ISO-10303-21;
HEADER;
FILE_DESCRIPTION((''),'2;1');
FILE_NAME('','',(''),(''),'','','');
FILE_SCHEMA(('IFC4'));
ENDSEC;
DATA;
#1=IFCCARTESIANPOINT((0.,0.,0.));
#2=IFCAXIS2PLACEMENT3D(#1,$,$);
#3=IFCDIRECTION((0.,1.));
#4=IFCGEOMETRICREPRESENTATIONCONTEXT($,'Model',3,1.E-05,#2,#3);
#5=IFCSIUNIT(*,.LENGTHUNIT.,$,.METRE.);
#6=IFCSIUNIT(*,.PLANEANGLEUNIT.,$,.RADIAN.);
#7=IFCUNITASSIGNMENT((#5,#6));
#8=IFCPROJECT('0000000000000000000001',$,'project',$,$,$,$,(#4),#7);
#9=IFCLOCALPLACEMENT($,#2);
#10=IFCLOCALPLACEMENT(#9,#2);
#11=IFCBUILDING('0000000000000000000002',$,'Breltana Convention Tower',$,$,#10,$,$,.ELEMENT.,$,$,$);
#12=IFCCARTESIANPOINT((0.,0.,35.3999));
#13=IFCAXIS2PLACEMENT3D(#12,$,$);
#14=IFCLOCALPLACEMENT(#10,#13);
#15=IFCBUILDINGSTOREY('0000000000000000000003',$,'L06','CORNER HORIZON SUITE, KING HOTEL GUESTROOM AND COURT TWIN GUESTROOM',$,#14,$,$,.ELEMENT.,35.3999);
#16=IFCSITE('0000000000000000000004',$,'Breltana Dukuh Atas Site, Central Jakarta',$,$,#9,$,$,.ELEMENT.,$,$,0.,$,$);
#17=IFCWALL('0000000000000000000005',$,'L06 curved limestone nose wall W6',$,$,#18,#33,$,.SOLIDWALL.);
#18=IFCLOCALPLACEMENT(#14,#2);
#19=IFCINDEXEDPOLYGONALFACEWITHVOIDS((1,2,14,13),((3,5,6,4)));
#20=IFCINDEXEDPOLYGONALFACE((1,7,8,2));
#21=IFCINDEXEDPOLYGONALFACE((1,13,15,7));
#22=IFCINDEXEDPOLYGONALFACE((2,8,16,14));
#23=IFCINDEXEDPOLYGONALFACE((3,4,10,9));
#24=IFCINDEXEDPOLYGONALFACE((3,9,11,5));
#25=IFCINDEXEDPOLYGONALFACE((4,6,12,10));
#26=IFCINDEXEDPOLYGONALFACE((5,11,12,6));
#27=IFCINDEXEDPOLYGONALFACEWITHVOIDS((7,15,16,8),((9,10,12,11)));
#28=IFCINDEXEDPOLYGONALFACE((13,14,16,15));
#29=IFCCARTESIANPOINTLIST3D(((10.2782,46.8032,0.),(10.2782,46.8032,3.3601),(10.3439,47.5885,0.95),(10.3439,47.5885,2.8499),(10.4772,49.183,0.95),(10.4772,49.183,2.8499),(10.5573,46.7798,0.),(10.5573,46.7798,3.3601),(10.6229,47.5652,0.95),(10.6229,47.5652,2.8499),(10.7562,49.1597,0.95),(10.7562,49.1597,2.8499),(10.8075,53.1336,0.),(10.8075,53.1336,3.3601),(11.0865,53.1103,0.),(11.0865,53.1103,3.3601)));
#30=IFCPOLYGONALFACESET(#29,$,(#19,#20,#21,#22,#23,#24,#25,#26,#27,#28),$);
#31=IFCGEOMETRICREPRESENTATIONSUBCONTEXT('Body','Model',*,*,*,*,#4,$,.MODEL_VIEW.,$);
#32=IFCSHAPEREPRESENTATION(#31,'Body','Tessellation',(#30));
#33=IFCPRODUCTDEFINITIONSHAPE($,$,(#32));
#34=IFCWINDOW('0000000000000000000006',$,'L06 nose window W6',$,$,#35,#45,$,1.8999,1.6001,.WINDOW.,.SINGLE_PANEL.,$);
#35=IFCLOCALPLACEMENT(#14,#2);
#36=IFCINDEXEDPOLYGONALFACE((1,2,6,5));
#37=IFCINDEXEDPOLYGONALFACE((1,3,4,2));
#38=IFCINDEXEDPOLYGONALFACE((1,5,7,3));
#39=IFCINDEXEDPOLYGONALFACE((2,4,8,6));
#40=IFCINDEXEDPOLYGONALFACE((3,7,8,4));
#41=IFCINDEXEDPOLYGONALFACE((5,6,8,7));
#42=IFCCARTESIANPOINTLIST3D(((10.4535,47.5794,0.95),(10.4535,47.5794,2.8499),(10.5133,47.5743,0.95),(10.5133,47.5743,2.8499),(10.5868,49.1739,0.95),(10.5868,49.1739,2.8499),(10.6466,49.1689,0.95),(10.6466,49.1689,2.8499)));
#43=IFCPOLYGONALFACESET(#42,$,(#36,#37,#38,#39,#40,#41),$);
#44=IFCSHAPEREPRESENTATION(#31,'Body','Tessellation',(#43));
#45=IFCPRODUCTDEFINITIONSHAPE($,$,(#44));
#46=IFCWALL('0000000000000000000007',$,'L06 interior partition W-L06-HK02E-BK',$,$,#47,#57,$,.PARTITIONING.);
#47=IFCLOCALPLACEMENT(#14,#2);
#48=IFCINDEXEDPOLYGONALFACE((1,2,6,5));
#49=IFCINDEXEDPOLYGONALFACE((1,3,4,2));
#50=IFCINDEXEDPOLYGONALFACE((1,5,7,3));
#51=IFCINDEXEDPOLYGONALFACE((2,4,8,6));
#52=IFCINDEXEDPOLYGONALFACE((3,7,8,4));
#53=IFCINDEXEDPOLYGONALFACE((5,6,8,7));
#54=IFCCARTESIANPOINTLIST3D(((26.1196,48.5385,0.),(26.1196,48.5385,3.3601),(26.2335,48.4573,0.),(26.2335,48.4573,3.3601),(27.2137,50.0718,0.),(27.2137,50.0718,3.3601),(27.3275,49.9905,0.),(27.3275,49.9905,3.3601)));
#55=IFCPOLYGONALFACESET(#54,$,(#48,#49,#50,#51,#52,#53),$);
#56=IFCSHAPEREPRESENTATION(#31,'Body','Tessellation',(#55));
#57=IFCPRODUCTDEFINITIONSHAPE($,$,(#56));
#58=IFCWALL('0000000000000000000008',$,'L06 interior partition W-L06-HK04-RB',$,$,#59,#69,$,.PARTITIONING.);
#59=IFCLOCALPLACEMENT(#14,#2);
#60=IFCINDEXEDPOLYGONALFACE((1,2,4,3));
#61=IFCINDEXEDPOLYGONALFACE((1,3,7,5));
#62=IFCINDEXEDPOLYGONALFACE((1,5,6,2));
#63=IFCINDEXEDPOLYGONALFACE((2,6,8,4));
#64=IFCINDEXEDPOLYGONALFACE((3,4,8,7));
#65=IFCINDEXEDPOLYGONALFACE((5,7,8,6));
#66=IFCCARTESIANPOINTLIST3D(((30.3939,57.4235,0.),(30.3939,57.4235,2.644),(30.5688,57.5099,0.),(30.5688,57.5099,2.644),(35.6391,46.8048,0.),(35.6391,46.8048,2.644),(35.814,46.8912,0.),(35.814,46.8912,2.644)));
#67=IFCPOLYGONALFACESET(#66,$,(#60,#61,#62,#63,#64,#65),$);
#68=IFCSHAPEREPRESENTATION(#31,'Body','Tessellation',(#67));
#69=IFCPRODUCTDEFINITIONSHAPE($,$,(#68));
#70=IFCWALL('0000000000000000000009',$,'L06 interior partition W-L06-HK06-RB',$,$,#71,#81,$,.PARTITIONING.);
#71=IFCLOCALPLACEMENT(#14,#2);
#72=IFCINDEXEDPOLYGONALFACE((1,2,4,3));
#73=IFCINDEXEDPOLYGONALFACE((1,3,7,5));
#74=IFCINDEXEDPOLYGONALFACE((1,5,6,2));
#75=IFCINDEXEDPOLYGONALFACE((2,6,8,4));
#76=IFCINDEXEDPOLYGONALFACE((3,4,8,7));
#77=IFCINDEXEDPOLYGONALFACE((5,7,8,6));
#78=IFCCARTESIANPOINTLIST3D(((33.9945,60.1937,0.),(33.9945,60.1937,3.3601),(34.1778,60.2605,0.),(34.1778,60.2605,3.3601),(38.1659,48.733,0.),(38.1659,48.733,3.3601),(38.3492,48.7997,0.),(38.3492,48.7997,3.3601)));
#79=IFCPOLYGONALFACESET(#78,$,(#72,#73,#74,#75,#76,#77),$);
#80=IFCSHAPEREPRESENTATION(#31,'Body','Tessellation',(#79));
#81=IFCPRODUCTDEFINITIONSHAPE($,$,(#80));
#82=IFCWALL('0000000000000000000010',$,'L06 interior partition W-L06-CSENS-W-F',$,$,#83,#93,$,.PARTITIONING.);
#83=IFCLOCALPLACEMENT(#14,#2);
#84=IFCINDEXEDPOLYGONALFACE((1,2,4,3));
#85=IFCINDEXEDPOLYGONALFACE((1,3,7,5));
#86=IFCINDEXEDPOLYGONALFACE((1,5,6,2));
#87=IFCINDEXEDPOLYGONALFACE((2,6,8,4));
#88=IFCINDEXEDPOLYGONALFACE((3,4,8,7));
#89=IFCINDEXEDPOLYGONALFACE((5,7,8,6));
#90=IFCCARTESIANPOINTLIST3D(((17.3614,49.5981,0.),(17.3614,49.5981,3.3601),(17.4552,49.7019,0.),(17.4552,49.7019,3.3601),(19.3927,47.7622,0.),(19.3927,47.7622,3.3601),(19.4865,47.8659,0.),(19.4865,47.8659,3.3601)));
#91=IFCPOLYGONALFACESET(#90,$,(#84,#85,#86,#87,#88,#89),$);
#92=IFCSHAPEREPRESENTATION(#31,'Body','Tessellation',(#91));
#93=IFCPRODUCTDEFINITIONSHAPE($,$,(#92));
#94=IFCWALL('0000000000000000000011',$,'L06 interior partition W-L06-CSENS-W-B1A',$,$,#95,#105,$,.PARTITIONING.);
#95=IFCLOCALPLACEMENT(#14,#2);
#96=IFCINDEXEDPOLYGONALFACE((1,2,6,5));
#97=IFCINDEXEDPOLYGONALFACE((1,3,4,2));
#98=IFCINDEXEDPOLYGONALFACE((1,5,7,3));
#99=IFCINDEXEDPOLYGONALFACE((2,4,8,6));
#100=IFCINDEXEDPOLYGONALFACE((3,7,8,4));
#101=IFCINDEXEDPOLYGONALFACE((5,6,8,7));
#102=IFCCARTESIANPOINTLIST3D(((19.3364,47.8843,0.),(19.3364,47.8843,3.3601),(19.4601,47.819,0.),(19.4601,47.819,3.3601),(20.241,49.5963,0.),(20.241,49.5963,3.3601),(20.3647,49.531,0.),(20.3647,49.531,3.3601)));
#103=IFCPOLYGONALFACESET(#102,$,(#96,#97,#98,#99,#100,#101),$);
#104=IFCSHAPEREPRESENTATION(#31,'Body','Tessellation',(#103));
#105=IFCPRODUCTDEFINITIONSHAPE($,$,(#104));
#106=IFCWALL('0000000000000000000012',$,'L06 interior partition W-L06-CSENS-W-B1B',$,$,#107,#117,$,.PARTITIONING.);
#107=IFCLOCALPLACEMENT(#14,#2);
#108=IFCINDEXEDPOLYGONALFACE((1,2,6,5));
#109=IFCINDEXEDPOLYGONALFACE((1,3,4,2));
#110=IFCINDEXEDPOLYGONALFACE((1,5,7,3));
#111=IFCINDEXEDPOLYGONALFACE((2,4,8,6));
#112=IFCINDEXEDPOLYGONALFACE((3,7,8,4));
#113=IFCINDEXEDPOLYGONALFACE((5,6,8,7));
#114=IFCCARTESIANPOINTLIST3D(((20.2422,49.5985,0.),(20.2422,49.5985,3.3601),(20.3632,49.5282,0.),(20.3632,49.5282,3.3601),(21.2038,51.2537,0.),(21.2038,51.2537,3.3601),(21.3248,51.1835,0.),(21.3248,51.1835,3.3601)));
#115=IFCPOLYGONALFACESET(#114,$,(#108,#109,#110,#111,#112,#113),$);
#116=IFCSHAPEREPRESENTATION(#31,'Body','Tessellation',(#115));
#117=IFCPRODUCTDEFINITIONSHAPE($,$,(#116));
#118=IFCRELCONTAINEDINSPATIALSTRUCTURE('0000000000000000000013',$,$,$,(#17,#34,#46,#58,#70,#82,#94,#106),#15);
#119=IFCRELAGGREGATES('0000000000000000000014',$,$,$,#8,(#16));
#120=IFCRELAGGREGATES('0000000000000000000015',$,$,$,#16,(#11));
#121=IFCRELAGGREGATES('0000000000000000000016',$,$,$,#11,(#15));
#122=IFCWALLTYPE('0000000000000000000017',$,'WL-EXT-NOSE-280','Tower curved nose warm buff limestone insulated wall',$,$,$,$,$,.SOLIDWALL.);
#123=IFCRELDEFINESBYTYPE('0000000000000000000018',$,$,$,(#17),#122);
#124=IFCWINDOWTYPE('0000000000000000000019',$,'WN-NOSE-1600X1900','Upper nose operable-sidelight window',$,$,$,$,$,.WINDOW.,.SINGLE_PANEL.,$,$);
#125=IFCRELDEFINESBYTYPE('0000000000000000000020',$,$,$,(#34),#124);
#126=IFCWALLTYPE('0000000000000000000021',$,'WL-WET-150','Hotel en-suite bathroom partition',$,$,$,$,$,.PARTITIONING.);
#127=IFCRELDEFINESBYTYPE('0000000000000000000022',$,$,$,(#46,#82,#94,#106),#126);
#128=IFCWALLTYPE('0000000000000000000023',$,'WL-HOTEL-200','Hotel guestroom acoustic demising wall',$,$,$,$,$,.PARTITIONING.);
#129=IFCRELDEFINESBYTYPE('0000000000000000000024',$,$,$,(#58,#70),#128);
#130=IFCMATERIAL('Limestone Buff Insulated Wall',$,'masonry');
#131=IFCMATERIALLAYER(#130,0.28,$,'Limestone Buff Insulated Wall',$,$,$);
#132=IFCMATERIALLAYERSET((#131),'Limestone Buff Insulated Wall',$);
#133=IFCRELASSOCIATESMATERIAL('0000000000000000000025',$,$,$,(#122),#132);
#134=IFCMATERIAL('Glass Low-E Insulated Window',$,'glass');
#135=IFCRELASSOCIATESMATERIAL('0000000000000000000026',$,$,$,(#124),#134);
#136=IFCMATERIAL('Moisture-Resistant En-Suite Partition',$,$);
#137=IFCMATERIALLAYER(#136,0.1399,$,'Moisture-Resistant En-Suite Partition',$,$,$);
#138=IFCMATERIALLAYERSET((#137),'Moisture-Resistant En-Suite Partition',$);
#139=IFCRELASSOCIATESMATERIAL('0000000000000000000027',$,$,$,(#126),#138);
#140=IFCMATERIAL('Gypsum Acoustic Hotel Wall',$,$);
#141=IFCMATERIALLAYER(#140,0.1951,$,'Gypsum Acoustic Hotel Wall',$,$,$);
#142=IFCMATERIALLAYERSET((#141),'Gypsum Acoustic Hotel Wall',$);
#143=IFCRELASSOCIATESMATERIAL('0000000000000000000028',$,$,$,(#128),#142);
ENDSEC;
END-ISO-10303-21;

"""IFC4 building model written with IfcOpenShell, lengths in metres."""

from ifc_helpers import new_model, si_unit, direction, frame, frame_2d, origin, place, context, subcontext, project, spatial, rectangle, extrude, source, transform, mapped, material, layer, layer_set, type_object, type_shapes, element, fill, save


model = new_model("IFC4")

# Units and contexts
model_context = context("Model", 3, precision=1e-05, world=origin(), true_north=direction((0.0, 1.0)))
body_context = subcontext(model_context, "Body", "Model", "MODEL_VIEW")
ifc_project = project(units=[si_unit("LENGTHUNIT", "METRE"), si_unit("PLANEANGLEUNIT", "RADIAN")], contexts=[model_context])

# Site, building, storey
site_placement = place(None, origin())
site = spatial("IfcSite", under=ifc_project, at=site_placement, Name="Breltana Dukuh Atas Site, Central Jakarta", CompositionType="ELEMENT", RefElevation=0.0)
building_placement = place(site_placement, origin())
building = spatial("IfcBuilding", under=site, at=building_placement, Name="Breltana Convention Tower", CompositionType="ELEMENT")
storey_placement = place(building_placement, frame((0.0, 0.0, 35.3999)))
storey = spatial("IfcBuildingStorey", under=building, at=storey_placement, Name="L06", Description="CORNER HORIZON SUITE, KING HOTEL GUESTROOM AND COURT TWIN GUESTROOM", CompositionType="ELEMENT", Elevation=35.3999)

# Wall, opening, window
ifc_material_1 = material(Name="Limestone Buff Insulated Wall", Category="masonry")
ifc_layer_1 = layer(ifc_material_1, 0.28, Name="Limestone Buff Insulated Wall")
ifc_layer_set_1 = layer_set([ifc_layer_1], Name="Limestone Buff Insulated Wall")
wall_type_1 = type_object("IfcWallType", Name="WL-EXT-NOSE-280", Description="Tower curved nose warm buff limestone insulated wall", PredefinedType="SOLIDWALL", material=ifc_layer_set_1)
shared_shape_1 = source(origin(), body_context, "Body", "SweptSolid", [
    extrude(rectangle(XDim=6.3525, YDim=0.28, at=frame_2d((3.1763, 0.0))), origin(), (0.0, 0.0, 1.0), 3.3601),
])
wall_1_placement = place(storey_placement, frame((10.4177, 46.7915, 0.0), z_axis=(0.0, 0.0, 1.0), x_axis=(0.083319, 0.996523, 0.0)))
wall_1 = element("IfcWall", 1, at=wall_1_placement, inside=storey, type_object=wall_type_1, Name="L06 curved limestone nose wall W6", PredefinedType="SOLIDWALL", context=body_context, shape_type="MappedRepresentation", body=[
    mapped(shared_shape_1, transform((0.0, 0.0, 0.0), scale=1.0)),
])
opening_placement = place(wall_1_placement, frame((0.7881, 0.0, 0.95)))
opening = element("IfcOpeningElement", 2, at=opening_placement, cuts=wall_1, PredefinedType="OPENING", context=body_context, shape_type="SweptSolid", body=[
    extrude(rectangle(XDim=1.6001, YDim=1.8999, at=frame_2d((0.8, 0.95))), frame((0.0, 0.1499, 0.0), z_axis=(0.0, -1.0, 0.0), x_axis=(1.0, 0.0, 0.0)), (0.0, 0.0, 1.0), 0.3),
])
ifc_material_2 = material(Name="Glass Low-E Insulated Window", Category="glass")
window_type = type_object("IfcWindowType", Name="WN-NOSE-1600X1900", Description="Upper nose operable-sidelight window", PartitioningType="SINGLE_PANEL", PredefinedType="WINDOW", material=ifc_material_2)
shared_shape_2 = source(origin(), body_context, "Body", "SweptSolid", [
    extrude(rectangle(XDim=1.6001, YDim=1.8999, at=frame_2d((0.8, 0.95))), frame((0.0, 0.03, 0.0), z_axis=(0.0, -1.0, 0.0), x_axis=(1.0, 0.0, 0.0)), (0.0, 0.0, 1.0), 0.0601),
])
type_shapes(window_type, [shared_shape_2])
window_placement = place(opening_placement, origin())
window = element("IfcWindow", 3, at=window_placement, inside=storey, type_object=window_type, Name="L06 nose window W6", OverallHeight=1.8999, OverallWidth=1.6001, PartitioningType="SINGLE_PANEL", PredefinedType="WINDOW", context=body_context, shape_type="MappedRepresentation", body=[
    mapped(shared_shape_2, transform((0.0, 0.0, 0.0), scale=1.0)),
])
fill(opening, window)

# Walls
ifc_material_3 = material(Name="Moisture-Resistant En-Suite Partition")
ifc_layer_2 = layer(ifc_material_3, 0.1399, Name="Moisture-Resistant En-Suite Partition")
ifc_layer_set_2 = layer_set([ifc_layer_2], Name="Moisture-Resistant En-Suite Partition")
wall_type_2 = type_object("IfcWallType", Name="WL-WET-150", Description="Hotel en-suite bathroom partition", PredefinedType="PARTITIONING", material=ifc_layer_set_2)
shared_shape_3 = source(origin(), body_context, "Body", "SweptSolid", [
    extrude(rectangle(XDim=1.8835, YDim=0.1399, at=frame_2d((0.9419, 0.0))), origin(), (0.0, 0.0, 1.0), 3.3601),
])
wall_2_placement = place(storey_placement, frame((26.1765, 48.4978, 0.0), z_axis=(0.0, 0.0, 1.0), x_axis=(0.580833, 0.814022, 0.0)))
element("IfcWall", 4, at=wall_2_placement, inside=storey, type_object=wall_type_2, Name="L06 interior partition W-L06-HK02E-BK", PredefinedType="PARTITIONING", context=body_context, shape_type="MappedRepresentation", body=[
    mapped(shared_shape_3, transform((0.0, 0.0, 0.0), scale=1.0)),
])
ifc_material_4 = material(Name="Gypsum Acoustic Hotel Wall")
ifc_layer_3 = layer(ifc_material_4, 0.1951, Name="Gypsum Acoustic Hotel Wall")
ifc_layer_set_3 = layer_set([ifc_layer_3], Name="Gypsum Acoustic Hotel Wall")
wall_type_3 = type_object("IfcWallType", Name="WL-HOTEL-200", Description="Hotel guestroom acoustic demising wall", PredefinedType="PARTITIONING", material=ifc_layer_set_3)
shared_shape_4 = source(origin(), body_context, "Body", "SweptSolid", [
    extrude(rectangle(XDim=11.8435, YDim=0.1951, at=frame_2d((5.9219, 0.0))), origin(), (0.0, 0.0, 1.0), 2.644),
])
wall_3_placement = place(storey_placement, frame((35.7266, 46.8479, 0.0), z_axis=(0.0, 0.0, 1.0), x_axis=(-0.442871, 0.896585, 0.0)))
element("IfcWall", 5, at=wall_3_placement, inside=storey, type_object=wall_type_3, Name="L06 interior partition W-L06-HK04-RB", PredefinedType="PARTITIONING", context=body_context, shape_type="MappedRepresentation", body=[
    mapped(shared_shape_4, transform((0.0, 0.0, 0.0), scale=1.0)),
])
shared_shape_5 = source(origin(), body_context, "Body", "SweptSolid", [
    extrude(rectangle(XDim=12.1963, YDim=0.1951, at=frame_2d((6.0981, 0.0))), origin(), (0.0, 0.0, 1.0), 3.3601),
])
wall_4_placement = place(storey_placement, frame((38.2576, 48.7664, 0.0), z_axis=(0.0, 0.0, 1.0), x_axis=(-0.342023, 0.939692, 0.0)))
element("IfcWall", 6, at=wall_4_placement, inside=storey, type_object=wall_type_3, Name="L06 interior partition W-L06-HK06-RB", PredefinedType="PARTITIONING", context=body_context, shape_type="MappedRepresentation", body=[
    mapped(shared_shape_5, transform((0.0, 0.0, 0.0), scale=1.0)),
])
shared_shape_6 = source(origin(), body_context, "Body", "SweptSolid", [
    extrude(rectangle(XDim=2.738, YDim=0.1399, at=frame_2d((1.3691, 0.0))), origin(), (0.0, 0.0, 1.0), 3.3601),
])
wall_5_placement = place(storey_placement, frame((19.4397, 47.814, 0.0), z_axis=(0.0, 0.0, 1.0), x_axis=(-0.741874, 0.67054, 0.0)))
element("IfcWall", 7, at=wall_5_placement, inside=storey, type_object=wall_type_2, Name="L06 interior partition W-L06-CSENS-W-F", PredefinedType="PARTITIONING", context=body_context, shape_type="MappedRepresentation", body=[
    mapped(shared_shape_6, transform((0.0, 0.0, 0.0), scale=1.0)),
])
shared_shape_7 = source(origin(), body_context, "Body", "SweptSolid", [
    extrude(rectangle(XDim=1.9363, YDim=0.1399, at=frame_2d((0.9683, 0.0))), origin(), (0.0, 0.0, 1.0), 3.3601),
])
wall_6_placement = place(storey_placement, frame((19.3982, 47.8516, 0.0), z_axis=(0.0, 0.0, 1.0), x_axis=(0.467175, 0.884165, 0.0)))
element("IfcWall", 8, at=wall_6_placement, inside=storey, type_object=wall_type_2, Name="L06 interior partition W-L06-CSENS-W-B1A", PredefinedType="PARTITIONING", context=body_context, shape_type="MappedRepresentation", body=[
    mapped(shared_shape_7, transform((0.0, 0.0, 0.0), scale=1.0)),
])
shared_shape_8 = source(origin(), body_context, "Body", "SweptSolid", [
    extrude(rectangle(XDim=1.9143, YDim=0.1399, at=frame_2d((0.957, 0.0))), origin(), (0.0, 0.0, 1.0), 3.3601),
])
wall_7_placement = place(storey_placement, frame((20.3027, 49.5635, 0.0), z_axis=(0.0, 0.0, 1.0), x_axis=(0.502348, 0.864666, 0.0)))
element("IfcWall", 9, at=wall_7_placement, inside=storey, type_object=wall_type_2, Name="L06 interior partition W-L06-CSENS-W-B1B", PredefinedType="PARTITIONING", context=body_context, shape_type="MappedRepresentation", body=[
    mapped(shared_shape_8, transform((0.0, 0.0, 0.0), scale=1.0)),
])

save(model, "model.ifc")
